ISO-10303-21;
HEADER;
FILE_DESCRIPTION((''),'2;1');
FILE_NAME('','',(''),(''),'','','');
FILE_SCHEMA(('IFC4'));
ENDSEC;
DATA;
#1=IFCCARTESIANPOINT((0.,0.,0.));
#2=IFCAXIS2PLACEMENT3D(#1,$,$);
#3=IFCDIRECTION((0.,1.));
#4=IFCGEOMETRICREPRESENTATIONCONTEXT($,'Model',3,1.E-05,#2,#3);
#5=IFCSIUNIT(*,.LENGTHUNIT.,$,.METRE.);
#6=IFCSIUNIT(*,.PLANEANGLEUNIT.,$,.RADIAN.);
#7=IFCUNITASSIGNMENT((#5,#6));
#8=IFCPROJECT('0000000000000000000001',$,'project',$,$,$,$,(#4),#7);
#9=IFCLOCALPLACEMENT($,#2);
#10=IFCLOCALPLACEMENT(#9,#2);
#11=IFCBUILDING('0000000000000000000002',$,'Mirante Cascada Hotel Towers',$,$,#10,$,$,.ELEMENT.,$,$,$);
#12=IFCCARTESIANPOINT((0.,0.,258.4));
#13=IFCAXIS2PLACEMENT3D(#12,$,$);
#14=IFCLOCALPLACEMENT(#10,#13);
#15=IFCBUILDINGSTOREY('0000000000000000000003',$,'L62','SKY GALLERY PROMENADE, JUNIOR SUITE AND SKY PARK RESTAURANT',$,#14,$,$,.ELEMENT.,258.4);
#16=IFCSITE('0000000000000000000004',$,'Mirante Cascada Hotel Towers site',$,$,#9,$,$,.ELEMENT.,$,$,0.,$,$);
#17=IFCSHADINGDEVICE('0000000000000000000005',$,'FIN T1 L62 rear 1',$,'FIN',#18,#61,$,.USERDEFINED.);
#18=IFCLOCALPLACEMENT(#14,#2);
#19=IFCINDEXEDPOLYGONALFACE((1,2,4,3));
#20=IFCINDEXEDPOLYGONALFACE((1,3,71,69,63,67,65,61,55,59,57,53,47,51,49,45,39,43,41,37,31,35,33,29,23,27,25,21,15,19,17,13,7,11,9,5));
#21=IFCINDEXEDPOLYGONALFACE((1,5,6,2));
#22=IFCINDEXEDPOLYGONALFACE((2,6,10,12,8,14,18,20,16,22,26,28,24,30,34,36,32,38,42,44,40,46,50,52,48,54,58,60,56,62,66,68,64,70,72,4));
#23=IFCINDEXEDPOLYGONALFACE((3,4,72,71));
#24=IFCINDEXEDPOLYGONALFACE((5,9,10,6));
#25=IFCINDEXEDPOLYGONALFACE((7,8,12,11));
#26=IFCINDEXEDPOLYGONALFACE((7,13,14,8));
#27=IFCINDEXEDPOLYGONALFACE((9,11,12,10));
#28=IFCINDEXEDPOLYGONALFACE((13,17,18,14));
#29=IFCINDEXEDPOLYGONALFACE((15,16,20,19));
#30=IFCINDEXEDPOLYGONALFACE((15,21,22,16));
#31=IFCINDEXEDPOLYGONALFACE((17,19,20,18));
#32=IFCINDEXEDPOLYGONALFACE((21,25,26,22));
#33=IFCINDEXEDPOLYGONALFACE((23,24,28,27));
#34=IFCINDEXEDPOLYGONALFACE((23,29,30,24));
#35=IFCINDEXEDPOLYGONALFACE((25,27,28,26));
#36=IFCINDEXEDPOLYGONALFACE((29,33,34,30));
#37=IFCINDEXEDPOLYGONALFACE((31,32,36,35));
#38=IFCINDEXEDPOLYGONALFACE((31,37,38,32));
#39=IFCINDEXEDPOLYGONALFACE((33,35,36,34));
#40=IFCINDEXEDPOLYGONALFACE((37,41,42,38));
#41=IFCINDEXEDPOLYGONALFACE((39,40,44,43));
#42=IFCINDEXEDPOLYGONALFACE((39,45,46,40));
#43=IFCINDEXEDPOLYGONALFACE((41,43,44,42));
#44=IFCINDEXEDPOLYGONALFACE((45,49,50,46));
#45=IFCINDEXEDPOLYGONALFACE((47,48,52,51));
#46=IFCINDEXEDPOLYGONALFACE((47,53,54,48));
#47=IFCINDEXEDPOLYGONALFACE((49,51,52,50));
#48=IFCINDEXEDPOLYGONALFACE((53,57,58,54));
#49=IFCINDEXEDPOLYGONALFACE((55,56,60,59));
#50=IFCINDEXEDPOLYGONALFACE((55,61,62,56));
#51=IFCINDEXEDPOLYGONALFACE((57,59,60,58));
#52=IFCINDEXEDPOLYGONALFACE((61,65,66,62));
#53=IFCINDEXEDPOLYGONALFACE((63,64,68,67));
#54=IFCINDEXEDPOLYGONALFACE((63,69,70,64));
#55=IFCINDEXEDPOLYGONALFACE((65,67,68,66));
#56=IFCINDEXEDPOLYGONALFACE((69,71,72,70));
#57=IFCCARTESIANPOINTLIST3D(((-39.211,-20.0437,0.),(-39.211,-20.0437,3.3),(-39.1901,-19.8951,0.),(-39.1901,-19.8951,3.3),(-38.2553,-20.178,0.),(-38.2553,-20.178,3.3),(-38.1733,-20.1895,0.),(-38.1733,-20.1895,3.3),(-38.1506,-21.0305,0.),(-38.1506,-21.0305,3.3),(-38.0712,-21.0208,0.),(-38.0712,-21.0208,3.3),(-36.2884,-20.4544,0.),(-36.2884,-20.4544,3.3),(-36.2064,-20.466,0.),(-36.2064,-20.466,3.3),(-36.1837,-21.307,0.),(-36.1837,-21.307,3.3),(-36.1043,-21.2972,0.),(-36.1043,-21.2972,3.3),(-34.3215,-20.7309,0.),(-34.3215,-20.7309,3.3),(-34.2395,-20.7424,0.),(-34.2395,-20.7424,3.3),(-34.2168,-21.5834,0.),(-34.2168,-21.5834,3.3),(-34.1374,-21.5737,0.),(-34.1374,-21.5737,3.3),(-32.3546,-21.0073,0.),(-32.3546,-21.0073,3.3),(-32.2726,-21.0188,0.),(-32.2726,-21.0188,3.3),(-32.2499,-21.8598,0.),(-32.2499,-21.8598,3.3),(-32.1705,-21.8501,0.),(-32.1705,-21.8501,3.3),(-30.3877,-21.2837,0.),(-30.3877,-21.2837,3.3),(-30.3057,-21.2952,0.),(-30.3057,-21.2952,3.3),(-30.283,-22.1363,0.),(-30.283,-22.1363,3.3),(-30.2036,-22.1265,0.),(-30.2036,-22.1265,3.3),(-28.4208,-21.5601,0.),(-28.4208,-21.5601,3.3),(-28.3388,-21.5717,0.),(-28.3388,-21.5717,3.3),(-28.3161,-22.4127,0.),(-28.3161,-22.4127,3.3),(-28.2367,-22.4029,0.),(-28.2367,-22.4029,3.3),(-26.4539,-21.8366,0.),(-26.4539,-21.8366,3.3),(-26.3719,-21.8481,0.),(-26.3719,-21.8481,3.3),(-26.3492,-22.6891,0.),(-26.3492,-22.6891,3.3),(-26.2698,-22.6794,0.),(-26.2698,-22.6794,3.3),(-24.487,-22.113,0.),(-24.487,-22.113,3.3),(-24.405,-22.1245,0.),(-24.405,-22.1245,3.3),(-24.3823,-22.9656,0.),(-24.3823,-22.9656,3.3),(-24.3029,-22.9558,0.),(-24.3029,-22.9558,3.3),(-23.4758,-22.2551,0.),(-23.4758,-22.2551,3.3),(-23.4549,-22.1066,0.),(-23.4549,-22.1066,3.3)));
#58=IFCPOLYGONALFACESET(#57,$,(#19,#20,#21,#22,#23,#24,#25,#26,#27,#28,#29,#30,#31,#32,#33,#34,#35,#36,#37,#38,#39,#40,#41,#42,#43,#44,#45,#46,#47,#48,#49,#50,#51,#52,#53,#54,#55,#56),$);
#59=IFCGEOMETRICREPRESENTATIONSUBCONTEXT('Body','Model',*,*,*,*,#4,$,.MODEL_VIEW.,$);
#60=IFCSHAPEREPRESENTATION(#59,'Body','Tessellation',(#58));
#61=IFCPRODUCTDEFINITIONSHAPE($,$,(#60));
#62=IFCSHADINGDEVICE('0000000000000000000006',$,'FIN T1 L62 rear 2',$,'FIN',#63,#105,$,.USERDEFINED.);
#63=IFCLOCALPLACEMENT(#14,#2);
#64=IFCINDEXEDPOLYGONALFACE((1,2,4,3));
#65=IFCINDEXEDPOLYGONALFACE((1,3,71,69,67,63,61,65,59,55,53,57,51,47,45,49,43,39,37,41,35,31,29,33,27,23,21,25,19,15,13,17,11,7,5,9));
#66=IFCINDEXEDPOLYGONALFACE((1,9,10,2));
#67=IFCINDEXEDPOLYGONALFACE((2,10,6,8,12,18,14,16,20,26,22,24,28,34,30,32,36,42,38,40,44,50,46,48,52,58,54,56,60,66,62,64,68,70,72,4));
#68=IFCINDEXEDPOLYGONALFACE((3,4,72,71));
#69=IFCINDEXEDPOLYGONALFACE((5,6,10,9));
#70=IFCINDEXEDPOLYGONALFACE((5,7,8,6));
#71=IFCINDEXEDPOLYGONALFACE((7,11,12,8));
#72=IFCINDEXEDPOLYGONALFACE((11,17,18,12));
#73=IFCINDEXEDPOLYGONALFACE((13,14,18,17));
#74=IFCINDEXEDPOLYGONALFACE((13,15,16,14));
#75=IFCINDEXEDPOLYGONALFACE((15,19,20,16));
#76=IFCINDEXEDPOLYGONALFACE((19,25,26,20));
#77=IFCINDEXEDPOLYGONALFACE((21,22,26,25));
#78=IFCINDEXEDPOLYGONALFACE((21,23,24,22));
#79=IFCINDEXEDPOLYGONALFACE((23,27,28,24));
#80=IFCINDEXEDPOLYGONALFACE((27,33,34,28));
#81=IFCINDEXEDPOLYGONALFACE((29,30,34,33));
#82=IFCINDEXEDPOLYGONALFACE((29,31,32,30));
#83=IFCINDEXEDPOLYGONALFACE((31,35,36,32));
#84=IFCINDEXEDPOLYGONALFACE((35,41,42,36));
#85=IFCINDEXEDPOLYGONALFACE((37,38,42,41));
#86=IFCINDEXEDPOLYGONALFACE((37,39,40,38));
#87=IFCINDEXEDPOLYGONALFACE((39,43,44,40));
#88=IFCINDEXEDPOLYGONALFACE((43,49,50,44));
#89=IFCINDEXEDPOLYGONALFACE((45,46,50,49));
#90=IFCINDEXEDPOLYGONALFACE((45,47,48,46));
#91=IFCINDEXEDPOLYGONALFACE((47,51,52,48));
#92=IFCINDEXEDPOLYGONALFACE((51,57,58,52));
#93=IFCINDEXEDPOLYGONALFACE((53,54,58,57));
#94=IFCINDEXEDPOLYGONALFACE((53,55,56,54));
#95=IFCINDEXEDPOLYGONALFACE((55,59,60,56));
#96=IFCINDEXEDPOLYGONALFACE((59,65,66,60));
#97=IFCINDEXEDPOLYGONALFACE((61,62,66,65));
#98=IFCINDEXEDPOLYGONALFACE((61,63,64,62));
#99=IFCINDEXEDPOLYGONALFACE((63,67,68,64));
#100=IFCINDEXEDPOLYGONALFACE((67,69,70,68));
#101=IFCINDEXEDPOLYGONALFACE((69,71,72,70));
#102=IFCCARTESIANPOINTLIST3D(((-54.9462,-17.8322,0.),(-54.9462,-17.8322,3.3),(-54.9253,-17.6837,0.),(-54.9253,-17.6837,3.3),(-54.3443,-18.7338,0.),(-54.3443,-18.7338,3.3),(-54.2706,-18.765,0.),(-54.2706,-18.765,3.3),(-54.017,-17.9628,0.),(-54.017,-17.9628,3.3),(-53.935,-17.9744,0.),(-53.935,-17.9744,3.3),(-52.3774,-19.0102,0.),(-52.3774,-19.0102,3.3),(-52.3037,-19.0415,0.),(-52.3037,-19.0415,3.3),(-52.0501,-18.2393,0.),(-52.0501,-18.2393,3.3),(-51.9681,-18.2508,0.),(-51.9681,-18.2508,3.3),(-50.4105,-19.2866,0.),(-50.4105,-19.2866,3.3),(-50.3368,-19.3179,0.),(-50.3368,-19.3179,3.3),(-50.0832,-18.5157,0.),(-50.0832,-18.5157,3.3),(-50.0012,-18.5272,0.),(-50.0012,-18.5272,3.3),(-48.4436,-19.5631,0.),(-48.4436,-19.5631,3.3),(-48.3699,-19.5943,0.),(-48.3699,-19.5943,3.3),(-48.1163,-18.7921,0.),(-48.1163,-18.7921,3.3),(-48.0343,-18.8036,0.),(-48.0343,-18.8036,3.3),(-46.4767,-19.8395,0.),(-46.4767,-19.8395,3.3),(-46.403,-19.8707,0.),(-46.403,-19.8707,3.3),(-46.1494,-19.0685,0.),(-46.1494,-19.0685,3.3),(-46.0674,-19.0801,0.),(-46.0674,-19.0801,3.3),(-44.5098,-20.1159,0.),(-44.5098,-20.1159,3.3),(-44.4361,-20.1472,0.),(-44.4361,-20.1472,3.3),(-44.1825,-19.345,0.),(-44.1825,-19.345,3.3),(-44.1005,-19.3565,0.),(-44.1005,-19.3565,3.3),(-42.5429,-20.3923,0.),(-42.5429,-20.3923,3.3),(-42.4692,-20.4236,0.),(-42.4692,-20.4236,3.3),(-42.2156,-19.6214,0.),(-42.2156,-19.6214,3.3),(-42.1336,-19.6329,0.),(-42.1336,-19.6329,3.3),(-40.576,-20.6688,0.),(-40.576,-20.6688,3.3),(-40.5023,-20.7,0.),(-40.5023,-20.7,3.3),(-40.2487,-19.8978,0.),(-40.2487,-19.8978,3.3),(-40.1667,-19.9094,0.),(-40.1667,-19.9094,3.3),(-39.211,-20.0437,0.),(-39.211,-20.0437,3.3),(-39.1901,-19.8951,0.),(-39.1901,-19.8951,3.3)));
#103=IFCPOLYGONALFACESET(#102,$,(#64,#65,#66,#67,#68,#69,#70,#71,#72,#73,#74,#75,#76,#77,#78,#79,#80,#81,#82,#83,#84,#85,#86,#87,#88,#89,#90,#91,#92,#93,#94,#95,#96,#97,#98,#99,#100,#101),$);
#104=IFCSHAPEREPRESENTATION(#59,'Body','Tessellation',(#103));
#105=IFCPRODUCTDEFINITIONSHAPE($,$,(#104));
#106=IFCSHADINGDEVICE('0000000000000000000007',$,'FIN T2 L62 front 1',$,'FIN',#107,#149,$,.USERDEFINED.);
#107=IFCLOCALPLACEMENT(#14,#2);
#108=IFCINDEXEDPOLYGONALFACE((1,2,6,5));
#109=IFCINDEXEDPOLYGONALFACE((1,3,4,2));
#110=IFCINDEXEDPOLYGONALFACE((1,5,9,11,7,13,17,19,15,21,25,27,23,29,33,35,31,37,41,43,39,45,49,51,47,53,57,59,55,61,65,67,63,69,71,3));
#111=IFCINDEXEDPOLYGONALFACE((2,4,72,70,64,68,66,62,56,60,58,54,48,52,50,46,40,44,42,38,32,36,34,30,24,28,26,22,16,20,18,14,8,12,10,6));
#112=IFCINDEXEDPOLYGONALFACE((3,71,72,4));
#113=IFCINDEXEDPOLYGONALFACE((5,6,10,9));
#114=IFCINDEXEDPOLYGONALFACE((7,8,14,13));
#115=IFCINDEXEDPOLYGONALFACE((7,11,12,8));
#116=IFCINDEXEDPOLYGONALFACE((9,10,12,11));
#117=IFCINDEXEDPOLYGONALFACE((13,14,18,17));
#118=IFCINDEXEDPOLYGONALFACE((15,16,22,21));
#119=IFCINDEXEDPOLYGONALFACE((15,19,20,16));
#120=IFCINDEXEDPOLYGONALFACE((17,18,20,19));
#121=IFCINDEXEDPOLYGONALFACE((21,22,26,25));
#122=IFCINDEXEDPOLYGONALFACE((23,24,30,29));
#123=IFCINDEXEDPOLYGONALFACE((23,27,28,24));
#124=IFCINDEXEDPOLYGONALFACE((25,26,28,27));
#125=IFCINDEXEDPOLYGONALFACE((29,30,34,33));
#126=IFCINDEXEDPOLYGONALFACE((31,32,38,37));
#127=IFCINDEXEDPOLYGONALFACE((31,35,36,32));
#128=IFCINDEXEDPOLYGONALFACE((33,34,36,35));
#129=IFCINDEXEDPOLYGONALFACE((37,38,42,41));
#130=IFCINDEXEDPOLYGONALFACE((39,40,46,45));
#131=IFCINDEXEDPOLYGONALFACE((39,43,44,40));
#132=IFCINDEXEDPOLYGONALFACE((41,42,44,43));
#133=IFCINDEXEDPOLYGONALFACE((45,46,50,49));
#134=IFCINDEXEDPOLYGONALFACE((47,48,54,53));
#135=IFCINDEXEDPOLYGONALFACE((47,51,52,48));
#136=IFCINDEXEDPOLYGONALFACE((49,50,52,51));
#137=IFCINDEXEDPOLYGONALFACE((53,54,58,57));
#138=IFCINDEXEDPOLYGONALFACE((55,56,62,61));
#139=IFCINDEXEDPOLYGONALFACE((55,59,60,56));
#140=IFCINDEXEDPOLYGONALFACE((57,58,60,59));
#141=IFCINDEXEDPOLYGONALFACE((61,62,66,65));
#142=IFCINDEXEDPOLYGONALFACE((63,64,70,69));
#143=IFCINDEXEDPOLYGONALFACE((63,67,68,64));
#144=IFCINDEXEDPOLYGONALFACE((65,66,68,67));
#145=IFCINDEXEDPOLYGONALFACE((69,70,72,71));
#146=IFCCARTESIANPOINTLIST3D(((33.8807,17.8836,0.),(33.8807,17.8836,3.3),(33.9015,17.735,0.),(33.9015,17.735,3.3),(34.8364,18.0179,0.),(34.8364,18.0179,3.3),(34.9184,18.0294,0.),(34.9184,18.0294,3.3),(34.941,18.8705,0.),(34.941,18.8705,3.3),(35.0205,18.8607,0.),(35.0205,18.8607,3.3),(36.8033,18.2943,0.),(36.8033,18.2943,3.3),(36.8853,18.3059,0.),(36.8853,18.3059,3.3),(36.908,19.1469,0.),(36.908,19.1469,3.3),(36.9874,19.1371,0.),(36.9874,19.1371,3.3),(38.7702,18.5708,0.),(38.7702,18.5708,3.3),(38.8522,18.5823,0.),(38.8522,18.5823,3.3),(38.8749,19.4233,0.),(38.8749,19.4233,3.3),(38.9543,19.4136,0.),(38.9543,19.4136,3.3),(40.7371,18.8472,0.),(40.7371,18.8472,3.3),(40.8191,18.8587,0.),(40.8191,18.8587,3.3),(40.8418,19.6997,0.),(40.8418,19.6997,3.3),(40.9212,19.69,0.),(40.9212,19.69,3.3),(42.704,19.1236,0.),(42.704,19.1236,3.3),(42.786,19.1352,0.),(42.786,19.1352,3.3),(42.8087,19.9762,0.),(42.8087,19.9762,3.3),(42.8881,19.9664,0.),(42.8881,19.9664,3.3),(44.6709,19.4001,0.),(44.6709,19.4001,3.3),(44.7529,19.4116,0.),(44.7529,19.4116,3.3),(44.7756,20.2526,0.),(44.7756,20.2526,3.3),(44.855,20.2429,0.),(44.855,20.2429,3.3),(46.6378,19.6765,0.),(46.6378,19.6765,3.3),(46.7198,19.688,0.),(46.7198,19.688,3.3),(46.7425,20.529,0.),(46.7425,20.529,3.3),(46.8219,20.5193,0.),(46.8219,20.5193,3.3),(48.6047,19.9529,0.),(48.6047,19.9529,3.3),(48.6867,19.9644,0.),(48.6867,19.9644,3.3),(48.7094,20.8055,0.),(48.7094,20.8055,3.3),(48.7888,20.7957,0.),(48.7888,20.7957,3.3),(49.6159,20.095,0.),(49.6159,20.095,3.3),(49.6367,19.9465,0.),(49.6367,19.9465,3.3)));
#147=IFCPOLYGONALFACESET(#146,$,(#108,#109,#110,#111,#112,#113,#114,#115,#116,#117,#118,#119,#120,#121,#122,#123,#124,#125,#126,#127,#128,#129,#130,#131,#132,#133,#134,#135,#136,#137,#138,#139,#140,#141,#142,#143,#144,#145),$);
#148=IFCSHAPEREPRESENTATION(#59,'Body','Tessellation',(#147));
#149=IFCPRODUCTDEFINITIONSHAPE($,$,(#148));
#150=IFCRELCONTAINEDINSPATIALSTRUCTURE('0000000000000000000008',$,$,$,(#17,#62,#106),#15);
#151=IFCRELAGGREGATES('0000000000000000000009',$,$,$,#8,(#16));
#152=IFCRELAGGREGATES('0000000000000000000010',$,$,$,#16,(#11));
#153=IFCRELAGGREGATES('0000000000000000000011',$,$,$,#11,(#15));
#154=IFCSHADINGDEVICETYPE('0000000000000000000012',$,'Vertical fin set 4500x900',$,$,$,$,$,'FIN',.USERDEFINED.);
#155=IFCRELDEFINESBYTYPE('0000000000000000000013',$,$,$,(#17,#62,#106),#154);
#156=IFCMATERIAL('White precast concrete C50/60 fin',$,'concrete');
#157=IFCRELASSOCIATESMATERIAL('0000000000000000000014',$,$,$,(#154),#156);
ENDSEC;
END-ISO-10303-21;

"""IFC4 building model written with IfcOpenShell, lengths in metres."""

from ifc_helpers import new_model, si_unit, direction, frame, origin, place, context, subcontext, project, spatial, polyline, outline, extrude, material, type_object, element, save


model = new_model("IFC4")

# Units and contexts
model_context = context("Model", 3, precision=1e-05, world=origin(), true_north=direction((0.0, 1.0)))
body_context = subcontext(model_context, "Body", "Model", "MODEL_VIEW")
ifc_project = project(units=[si_unit("LENGTHUNIT", "METRE"), si_unit("PLANEANGLEUNIT", "RADIAN")], contexts=[model_context])

# Site, building, storey
site_placement = place(None, origin())
site = spatial("IfcSite", under=ifc_project, at=site_placement, Name="Mirante Cascada Hotel Towers site", CompositionType="ELEMENT", RefElevation=0.0)
building_placement = place(site_placement, origin())
building = spatial("IfcBuilding", under=site, at=building_placement, Name="Mirante Cascada Hotel Towers", CompositionType="ELEMENT")
storey_placement = place(building_placement, frame((0.0, 0.0, 258.4)))
storey = spatial("IfcBuildingStorey", under=building, at=storey_placement, Name="L62", Description="SKY GALLERY PROMENADE, JUNIOR SUITE AND SKY PARK RESTAURANT", CompositionType="ELEMENT", Elevation=258.4)

# Shading devices
ifc_material_1 = material(Name="White precast concrete C50/60 fin", Category="concrete")
shading_device_type = type_object("IfcShadingDeviceType", Name="Vertical fin set 4500x900", ElementType="FIN", PredefinedType="USERDEFINED", material=ifc_material_1)
shading_device_1_placement = place(storey_placement, origin())
element("IfcShadingDevice", 1, at=shading_device_1_placement, inside=storey, type_object=shading_device_type, Name="FIN T1 L62 rear 1", ObjectType="FIN", PredefinedType="USERDEFINED", context=body_context, shape_type="SweptSolid", body=[
    extrude(outline(polyline([(-24.487, -22.113), (-26.3719, -21.8481), (-26.2698, -22.6794), (-26.3492, -22.6891), (-26.4539, -21.8366), (-28.3388, -21.5717), (-28.2367, -22.4029), (-28.3161, -22.4127), (-28.4208, -21.5601), (-30.3057, -21.2952), (-30.2036, -22.1265), (-30.283, -22.1363), (-30.3877, -21.2837), (-32.2726, -21.0188), (-32.1705, -21.8501), (-32.2499, -21.8598), (-32.3546, -21.0073), (-34.2395, -20.7424), (-34.1374, -21.5737), (-34.2168, -21.5834), (-34.3215, -20.7309), (-36.2064, -20.466), (-36.1043, -21.2972), (-36.1837, -21.307), (-36.2884, -20.4544), (-38.1733, -20.1895), (-38.0712, -21.0208), (-38.1506, -21.0305), (-38.2553, -20.178), (-39.211, -20.0437), (-39.1901, -19.8951), (-23.4549, -22.1066), (-23.4758, -22.2551), (-24.405, -22.1245), (-24.3029, -22.9558), (-24.3823, -22.9656), (-24.487, -22.113)])), origin(), (0.0, 0.0, 1.0), 3.3),
])
shading_device_2_placement = place(storey_placement, origin())
element("IfcShadingDevice", 2, at=shading_device_2_placement, inside=storey, type_object=shading_device_type, Name="FIN T1 L62 rear 2", ObjectType="FIN", PredefinedType="USERDEFINED", context=body_context, shape_type="SweptSolid", body=[
    extrude(outline(polyline([(-40.2487, -19.8978), (-42.1336, -19.6329), (-42.4692, -20.4236), (-42.5429, -20.3923), (-42.2156, -19.6214), (-44.1005, -19.3565), (-44.4361, -20.1472), (-44.5098, -20.1159), (-44.1825, -19.345), (-46.0674, -19.0801), (-46.403, -19.8707), (-46.4767, -19.8395), (-46.1494, -19.0685), (-48.0343, -18.8036), (-48.3699, -19.5943), (-48.4436, -19.5631), (-48.1163, -18.7921), (-50.0012, -18.5272), (-50.3368, -19.3179), (-50.4105, -19.2866), (-50.0832, -18.5157), (-51.9681, -18.2508), (-52.3037, -19.0415), (-52.3774, -19.0102), (-52.0501, -18.2393), (-53.935, -17.9744), (-54.2706, -18.765), (-54.3443, -18.7338), (-54.017, -17.9628), (-54.9462, -17.8322), (-54.9253, -17.6837), (-39.1901, -19.8951), (-39.211, -20.0437), (-40.1667, -19.9094), (-40.5023, -20.7), (-40.576, -20.6688), (-40.2487, -19.8978)])), origin(), (0.0, 0.0, 1.0), 3.3),
])
shading_device_3_placement = place(storey_placement, origin())
element("IfcShadingDevice", 3, at=shading_device_3_placement, inside=storey, type_object=shading_device_type, Name="FIN T2 L62 front 1", ObjectType="FIN", PredefinedType="USERDEFINED", context=body_context, shape_type="SweptSolid", body=[
    extrude(outline(polyline([(35.0205, 18.8607), (34.9184, 18.0294), (36.8033, 18.2943), (36.908, 19.1469), (36.9874, 19.1371), (36.8853, 18.3059), (38.7702, 18.5708), (38.8749, 19.4233), (38.9543, 19.4136), (38.8522, 18.5823), (40.7371, 18.8472), (40.8418, 19.6997), (40.9212, 19.69), (40.8191, 18.8587), (42.704, 19.1236), (42.8087, 19.9762), (42.8881, 19.9664), (42.786, 19.1352), (44.6709, 19.4001), (44.7756, 20.2526), (44.855, 20.2429), (44.7529, 19.4116), (46.6378, 19.6765), (46.7425, 20.529), (46.8219, 20.5193), (46.7198, 19.688), (48.6047, 19.9529), (48.7094, 20.8055), (48.7888, 20.7957), (48.6867, 19.9644), (49.6159, 20.095), (49.6367, 19.9465), (33.9015, 17.735), (33.8807, 17.8836), (34.8364, 18.0179), (34.941, 18.8705), (35.0205, 18.8607)])), origin(), (0.0, 0.0, 1.0), 3.3),
])

save(model, "model.ifc")
